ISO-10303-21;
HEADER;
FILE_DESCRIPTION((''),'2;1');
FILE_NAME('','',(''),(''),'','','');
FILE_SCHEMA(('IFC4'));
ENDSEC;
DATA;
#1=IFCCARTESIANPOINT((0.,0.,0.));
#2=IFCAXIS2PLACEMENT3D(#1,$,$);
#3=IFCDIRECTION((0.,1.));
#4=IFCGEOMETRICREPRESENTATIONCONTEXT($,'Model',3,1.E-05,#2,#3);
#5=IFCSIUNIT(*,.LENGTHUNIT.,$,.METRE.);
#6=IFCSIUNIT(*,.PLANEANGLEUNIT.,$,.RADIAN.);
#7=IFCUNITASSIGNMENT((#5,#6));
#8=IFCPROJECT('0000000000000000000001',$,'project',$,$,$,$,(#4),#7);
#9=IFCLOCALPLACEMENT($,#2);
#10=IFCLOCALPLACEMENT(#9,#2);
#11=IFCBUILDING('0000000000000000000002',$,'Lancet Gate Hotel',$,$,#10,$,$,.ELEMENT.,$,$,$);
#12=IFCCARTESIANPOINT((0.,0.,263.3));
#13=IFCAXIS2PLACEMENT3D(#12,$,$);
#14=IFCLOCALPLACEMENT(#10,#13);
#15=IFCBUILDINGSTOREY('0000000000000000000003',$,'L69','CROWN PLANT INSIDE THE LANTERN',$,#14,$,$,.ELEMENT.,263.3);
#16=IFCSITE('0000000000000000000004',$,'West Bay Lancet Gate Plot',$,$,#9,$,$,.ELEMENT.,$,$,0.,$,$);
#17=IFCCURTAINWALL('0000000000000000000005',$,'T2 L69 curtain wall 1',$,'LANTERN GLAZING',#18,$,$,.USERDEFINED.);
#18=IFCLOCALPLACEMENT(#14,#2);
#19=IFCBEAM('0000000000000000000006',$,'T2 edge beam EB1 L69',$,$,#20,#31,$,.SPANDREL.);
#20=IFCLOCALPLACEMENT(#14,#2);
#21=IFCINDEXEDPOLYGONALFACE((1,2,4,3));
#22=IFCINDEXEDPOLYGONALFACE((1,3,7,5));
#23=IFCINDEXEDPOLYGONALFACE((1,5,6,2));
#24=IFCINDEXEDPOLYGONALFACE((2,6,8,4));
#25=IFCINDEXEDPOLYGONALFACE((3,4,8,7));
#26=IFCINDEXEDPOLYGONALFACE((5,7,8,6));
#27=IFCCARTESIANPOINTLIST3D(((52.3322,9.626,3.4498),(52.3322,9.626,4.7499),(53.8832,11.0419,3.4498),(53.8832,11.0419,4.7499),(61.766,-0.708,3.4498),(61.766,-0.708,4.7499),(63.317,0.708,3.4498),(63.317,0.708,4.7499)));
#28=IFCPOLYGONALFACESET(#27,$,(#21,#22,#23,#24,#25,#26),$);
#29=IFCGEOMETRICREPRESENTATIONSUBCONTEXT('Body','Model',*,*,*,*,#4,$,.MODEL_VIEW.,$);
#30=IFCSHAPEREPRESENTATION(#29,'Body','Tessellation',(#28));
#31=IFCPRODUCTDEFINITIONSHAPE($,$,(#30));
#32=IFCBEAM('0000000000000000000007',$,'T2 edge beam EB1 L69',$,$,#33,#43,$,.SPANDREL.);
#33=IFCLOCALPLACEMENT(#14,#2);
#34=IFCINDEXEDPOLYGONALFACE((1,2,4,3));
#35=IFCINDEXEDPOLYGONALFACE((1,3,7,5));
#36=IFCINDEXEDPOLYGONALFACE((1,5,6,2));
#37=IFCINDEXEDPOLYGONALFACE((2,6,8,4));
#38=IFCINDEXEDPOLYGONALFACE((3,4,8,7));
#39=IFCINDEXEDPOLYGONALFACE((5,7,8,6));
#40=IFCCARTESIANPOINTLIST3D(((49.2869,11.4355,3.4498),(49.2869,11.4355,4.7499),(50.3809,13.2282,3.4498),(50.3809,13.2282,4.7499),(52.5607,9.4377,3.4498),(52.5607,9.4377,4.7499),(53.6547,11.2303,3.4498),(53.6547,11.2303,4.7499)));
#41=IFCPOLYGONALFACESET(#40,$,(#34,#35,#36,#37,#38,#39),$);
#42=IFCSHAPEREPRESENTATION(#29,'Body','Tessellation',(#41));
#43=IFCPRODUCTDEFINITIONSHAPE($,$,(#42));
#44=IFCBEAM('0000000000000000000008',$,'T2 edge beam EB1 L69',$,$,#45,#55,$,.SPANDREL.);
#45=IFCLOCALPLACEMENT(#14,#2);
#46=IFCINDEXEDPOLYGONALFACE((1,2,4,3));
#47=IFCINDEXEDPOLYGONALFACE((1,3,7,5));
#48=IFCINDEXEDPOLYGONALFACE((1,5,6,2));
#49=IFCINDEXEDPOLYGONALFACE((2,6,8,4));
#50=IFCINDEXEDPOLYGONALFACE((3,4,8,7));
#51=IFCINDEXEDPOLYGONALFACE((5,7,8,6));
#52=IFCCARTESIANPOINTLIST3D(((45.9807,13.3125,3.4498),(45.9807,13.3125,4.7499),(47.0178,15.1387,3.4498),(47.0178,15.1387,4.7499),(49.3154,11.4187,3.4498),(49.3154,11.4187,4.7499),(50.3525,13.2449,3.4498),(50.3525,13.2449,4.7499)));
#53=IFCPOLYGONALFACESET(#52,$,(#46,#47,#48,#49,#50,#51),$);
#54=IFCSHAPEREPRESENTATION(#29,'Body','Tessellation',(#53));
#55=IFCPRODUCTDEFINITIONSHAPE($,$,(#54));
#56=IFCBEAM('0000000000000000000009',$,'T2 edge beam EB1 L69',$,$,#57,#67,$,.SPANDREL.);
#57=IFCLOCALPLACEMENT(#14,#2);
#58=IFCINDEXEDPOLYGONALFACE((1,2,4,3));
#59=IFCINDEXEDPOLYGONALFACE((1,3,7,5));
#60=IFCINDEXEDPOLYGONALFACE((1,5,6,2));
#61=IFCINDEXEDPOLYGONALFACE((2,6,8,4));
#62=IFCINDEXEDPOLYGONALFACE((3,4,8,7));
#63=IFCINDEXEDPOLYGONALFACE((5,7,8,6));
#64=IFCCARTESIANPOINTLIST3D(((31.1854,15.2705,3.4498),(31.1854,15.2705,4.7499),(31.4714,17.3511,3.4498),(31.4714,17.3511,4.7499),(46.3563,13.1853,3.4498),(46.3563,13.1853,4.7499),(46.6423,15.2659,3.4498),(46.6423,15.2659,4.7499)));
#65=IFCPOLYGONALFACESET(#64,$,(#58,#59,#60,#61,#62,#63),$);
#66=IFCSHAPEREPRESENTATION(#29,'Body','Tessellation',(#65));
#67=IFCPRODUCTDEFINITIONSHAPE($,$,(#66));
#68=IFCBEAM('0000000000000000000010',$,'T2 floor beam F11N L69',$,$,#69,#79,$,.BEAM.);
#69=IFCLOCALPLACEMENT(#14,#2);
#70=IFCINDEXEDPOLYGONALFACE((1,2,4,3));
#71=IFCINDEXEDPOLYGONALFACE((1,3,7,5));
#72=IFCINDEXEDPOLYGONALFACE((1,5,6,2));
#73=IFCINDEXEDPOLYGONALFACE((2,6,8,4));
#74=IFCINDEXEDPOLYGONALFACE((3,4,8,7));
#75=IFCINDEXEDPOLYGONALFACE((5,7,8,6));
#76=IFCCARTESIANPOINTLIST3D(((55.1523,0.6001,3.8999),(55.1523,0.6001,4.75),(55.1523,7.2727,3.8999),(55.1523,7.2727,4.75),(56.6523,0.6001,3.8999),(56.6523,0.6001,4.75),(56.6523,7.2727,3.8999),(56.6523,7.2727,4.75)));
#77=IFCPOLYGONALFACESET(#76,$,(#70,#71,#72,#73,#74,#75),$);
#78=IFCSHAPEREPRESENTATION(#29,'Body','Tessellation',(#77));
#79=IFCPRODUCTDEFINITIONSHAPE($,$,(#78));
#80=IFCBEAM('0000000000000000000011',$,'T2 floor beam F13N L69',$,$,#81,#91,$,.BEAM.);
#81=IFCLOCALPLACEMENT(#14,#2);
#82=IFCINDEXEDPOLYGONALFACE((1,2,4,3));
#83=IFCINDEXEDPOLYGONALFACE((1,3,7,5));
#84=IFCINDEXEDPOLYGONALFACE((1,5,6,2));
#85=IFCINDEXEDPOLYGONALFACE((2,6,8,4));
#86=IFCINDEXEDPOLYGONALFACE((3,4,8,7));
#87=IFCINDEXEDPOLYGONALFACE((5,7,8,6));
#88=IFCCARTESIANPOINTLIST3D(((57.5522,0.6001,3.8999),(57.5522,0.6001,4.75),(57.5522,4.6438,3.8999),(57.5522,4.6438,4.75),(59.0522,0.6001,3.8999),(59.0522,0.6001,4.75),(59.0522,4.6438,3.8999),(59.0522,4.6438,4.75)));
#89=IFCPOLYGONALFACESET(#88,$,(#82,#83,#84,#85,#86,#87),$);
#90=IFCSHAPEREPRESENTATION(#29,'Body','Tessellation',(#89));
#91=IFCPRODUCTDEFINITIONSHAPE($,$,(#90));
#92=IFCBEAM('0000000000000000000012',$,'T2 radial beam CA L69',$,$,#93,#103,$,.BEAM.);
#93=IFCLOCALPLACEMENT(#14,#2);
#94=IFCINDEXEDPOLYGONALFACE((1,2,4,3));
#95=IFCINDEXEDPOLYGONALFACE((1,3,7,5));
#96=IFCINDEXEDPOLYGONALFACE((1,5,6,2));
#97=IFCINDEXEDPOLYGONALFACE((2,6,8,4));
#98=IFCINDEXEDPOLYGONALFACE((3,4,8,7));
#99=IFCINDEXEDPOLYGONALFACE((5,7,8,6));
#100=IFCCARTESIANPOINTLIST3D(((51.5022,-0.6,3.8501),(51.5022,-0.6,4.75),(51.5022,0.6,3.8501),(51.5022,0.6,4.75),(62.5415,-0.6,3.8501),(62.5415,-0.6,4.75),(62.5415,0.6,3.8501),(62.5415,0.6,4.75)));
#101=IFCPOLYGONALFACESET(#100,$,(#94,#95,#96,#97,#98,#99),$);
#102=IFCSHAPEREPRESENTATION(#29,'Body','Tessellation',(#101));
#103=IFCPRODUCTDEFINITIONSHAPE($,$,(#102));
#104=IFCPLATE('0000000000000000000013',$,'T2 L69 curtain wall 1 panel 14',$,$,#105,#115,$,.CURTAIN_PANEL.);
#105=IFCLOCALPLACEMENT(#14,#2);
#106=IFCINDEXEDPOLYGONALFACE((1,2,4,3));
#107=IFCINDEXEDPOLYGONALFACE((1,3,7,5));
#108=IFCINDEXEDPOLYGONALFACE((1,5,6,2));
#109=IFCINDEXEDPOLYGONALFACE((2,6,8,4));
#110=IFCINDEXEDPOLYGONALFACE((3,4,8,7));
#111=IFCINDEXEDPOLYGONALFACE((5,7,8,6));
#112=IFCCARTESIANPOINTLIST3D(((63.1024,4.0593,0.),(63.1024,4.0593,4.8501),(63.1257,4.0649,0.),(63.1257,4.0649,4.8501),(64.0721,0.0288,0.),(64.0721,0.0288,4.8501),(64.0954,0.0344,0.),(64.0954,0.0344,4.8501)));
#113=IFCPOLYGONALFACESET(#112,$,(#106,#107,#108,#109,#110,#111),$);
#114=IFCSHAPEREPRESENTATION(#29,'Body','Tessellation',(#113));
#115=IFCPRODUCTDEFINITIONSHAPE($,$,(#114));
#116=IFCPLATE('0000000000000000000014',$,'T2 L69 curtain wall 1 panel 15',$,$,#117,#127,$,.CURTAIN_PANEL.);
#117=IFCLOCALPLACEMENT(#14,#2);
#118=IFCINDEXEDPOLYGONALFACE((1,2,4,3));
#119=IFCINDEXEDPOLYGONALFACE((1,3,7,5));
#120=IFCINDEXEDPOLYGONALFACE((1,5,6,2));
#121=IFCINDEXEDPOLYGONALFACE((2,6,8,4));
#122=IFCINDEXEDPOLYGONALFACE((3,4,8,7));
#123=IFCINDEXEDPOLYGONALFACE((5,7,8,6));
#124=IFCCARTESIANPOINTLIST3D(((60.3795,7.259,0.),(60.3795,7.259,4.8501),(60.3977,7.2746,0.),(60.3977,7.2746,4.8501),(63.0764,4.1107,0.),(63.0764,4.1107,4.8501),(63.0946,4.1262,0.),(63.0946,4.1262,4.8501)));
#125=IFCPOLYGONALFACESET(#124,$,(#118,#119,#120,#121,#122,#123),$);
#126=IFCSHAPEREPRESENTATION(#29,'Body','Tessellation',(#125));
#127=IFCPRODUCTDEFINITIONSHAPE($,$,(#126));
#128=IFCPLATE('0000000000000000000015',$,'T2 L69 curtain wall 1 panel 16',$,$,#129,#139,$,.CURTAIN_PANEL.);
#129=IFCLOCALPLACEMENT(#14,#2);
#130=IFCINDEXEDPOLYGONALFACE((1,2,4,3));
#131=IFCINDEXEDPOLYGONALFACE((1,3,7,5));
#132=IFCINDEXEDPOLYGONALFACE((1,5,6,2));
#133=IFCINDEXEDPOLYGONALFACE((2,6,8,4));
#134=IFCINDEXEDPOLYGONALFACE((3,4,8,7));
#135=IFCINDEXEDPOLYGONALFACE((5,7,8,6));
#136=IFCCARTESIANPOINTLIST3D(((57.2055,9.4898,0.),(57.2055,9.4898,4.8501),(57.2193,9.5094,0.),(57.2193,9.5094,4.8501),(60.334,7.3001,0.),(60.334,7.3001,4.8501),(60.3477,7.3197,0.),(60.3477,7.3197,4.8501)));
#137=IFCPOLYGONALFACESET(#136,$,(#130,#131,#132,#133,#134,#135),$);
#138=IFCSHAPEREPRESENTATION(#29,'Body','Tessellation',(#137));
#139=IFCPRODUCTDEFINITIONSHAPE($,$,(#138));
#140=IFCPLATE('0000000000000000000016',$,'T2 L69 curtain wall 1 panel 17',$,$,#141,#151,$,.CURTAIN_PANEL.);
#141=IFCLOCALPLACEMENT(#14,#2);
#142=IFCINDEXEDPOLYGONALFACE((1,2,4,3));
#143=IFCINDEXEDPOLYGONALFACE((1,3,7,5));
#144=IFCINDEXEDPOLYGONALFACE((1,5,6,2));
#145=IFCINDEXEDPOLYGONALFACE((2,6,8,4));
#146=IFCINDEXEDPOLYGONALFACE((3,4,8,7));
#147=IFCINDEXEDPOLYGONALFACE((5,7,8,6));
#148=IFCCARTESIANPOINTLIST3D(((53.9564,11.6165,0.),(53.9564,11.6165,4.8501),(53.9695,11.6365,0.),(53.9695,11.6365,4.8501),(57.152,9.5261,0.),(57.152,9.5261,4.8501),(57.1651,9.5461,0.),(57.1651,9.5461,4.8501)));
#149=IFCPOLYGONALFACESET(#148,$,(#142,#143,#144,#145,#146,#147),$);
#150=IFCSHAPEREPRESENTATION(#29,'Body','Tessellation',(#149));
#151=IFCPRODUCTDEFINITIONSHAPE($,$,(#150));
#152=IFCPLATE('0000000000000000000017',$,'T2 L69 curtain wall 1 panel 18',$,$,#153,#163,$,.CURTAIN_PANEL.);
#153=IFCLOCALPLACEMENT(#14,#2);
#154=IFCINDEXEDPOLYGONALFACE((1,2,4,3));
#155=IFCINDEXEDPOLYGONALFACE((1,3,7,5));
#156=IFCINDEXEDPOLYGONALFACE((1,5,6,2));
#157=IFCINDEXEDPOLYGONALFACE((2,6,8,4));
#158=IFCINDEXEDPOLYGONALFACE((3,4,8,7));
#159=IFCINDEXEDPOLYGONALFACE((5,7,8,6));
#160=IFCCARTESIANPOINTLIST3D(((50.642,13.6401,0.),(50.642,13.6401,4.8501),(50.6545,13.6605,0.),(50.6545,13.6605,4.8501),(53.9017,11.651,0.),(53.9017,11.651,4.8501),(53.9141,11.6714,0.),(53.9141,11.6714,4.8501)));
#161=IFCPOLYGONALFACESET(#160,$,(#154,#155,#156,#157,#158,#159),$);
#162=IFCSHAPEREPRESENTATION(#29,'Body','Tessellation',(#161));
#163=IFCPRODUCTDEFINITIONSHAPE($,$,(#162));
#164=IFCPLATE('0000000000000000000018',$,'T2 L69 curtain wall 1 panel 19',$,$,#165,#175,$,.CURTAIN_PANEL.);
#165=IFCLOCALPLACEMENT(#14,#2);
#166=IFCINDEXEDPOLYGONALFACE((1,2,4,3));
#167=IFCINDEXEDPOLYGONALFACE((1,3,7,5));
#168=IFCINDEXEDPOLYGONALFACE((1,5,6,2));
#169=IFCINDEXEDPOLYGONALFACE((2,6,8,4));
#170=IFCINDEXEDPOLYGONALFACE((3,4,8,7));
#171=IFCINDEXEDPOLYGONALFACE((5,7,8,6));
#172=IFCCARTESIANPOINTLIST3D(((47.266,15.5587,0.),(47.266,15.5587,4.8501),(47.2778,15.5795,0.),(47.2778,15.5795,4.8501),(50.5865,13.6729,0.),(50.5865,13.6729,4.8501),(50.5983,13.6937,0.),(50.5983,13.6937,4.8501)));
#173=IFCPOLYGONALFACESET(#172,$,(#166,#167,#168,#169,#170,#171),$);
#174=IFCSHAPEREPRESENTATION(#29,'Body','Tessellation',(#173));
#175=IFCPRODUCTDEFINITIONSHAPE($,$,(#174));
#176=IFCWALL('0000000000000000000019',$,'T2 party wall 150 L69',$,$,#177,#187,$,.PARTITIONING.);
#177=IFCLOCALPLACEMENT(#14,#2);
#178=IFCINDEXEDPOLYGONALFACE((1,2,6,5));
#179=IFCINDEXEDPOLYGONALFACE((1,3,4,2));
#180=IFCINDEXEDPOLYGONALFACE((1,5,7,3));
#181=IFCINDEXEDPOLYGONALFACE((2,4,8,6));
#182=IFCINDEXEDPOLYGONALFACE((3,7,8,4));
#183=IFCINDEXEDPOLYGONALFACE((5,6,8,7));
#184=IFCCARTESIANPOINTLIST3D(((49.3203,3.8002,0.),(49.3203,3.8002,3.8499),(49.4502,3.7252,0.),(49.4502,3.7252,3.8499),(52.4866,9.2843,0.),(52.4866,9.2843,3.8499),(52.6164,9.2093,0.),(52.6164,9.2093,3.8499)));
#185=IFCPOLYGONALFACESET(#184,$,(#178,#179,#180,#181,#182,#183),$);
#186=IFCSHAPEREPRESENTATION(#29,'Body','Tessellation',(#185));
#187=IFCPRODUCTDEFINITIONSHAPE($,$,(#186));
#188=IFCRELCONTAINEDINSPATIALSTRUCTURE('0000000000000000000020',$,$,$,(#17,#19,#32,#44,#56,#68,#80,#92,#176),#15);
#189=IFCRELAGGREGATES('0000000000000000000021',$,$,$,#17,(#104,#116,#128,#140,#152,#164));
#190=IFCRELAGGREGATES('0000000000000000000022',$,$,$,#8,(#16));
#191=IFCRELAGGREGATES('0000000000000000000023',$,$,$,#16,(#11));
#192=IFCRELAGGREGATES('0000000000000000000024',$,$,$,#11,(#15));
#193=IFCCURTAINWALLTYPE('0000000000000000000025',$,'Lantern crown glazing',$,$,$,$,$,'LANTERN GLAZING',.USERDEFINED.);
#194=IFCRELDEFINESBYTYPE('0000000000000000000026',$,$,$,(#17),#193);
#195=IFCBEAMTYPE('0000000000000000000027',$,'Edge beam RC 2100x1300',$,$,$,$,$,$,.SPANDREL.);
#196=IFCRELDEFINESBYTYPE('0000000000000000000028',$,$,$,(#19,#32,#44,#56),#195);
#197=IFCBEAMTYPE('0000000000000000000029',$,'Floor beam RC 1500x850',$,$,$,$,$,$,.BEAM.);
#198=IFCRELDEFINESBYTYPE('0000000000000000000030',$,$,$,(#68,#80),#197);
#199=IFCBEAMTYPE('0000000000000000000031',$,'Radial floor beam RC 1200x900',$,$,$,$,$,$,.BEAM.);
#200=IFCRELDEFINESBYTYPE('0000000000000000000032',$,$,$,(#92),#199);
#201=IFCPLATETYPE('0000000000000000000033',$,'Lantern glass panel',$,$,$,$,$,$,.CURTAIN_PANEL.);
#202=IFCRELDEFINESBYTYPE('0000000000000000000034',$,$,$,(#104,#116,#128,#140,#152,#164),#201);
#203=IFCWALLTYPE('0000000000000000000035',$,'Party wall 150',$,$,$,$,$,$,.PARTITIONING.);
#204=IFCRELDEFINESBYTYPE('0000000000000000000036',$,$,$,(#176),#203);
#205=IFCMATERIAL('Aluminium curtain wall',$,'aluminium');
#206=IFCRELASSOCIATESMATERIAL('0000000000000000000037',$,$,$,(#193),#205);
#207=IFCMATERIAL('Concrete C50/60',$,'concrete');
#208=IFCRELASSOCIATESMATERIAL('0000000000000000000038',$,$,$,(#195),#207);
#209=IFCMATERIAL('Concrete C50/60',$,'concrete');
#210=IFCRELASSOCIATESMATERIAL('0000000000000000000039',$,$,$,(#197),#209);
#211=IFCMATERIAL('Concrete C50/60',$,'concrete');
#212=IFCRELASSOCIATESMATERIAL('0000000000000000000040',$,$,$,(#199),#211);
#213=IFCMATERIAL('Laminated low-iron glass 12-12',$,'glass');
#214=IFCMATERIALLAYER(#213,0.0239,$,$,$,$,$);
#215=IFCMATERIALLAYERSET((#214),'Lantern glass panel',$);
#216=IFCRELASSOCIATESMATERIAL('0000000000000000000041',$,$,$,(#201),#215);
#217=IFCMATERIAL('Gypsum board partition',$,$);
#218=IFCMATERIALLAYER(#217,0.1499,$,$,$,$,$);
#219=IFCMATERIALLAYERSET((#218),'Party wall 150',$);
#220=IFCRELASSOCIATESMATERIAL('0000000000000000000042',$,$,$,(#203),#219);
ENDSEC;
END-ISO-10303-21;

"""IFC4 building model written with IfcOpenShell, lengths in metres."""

from ifc_helpers import new_model, si_unit, direction, frame, frame_2d, origin, origin_2d, place, context, subcontext, project, spatial, rectangle, extrude, material, layer, layer_set, material_profile, profile_set, type_object, element, aggregate, save


model = new_model("IFC4")

# Units and contexts
model_context = context("Model", 3, precision=1e-05, world=origin(), true_north=direction((0.0, 1.0)))
body_context = subcontext(model_context, "Body", "Model", "MODEL_VIEW")
ifc_project = project(units=[si_unit("LENGTHUNIT", "METRE"), si_unit("PLANEANGLEUNIT", "RADIAN")], contexts=[model_context])

# Site, building, storey
site_placement = place(None, origin())
site = spatial("IfcSite", under=ifc_project, at=site_placement, Name="West Bay Lancet Gate Plot", CompositionType="ELEMENT", RefElevation=0.0)
building_placement = place(site_placement, origin())
building = spatial("IfcBuilding", under=site, at=building_placement, Name="Lancet Gate Hotel", CompositionType="ELEMENT")
storey_placement = place(building_placement, frame((0.0, 0.0, 263.3)))
storey = spatial("IfcBuildingStorey", under=building, at=storey_placement, Name="L69", Description="CROWN PLANT INSIDE THE LANTERN", CompositionType="ELEMENT", Elevation=263.3)

# Curtain wall
ifc_material_1 = material(Name="Aluminium curtain wall", Category="aluminium")
curtain_wall_type = type_object("IfcCurtainWallType", Name="Lantern crown glazing", ElementType="LANTERN GLAZING", PredefinedType="USERDEFINED", material=ifc_material_1)
curtain_wall_placement = place(storey_placement, origin())
curtain_wall = element("IfcCurtainWall", 1, at=curtain_wall_placement, inside=storey, type_object=curtain_wall_type, Name="T2 L69 curtain wall 1", ObjectType="LANTERN GLAZING", PredefinedType="USERDEFINED")

# Beams
ifc_material_2 = material(Name="Concrete C50/60", Category="concrete")
ifc_material_profile_1 = material_profile(ifc_material_2, rectangle(XDim=2.1001, YDim=1.3, at=origin_2d()), Name="RC 2100x1300")
ifc_profile_set_1 = profile_set([ifc_material_profile_1], Name="Concrete C50/60")
beam_type_1 = type_object("IfcBeamType", Name="Edge beam RC 2100x1300", PredefinedType="SPANDREL", material=ifc_profile_set_1)
beam_1_placement = place(storey_placement, frame((62.5415, 0.0, 4.0999), z_axis=(-0.674209, 0.73854, 0.0), x_axis=(-0.73854, -0.674209, 0.0)))
element("IfcBeam", 2, at=beam_1_placement, inside=storey, type_object=beam_type_1, Name="T2 edge beam EB1 L69", PredefinedType="SPANDREL", context=body_context, shape_type="SweptSolid", body=[
    extrude(rectangle(XDim=2.1001, YDim=1.3, at=origin_2d()), origin(), (0.0, 0.0, 1.0), 13.9924),
])
beam_2_placement = place(storey_placement, frame((53.1077, 10.334, 4.0999), z_axis=(-0.853604, 0.520922, 0.0), x_axis=(-0.520922, -0.853604, 0.0)))
element("IfcBeam", 3, at=beam_2_placement, inside=storey, type_object=beam_type_1, Name="T2 edge beam EB1 L69", PredefinedType="SPANDREL", context=body_context, shape_type="SweptSolid", body=[
    extrude(rectangle(XDim=2.1001, YDim=1.3, at=origin_2d()), origin(), (0.0, 0.0, 1.0), 3.8352),
])
beam_3_placement = place(storey_placement, frame((49.834, 12.3318, 4.0999), z_axis=(-0.86956, 0.493827, 0.0), x_axis=(-0.493827, -0.86956, 0.0)))
element("IfcBeam", 4, at=beam_3_placement, inside=storey, type_object=beam_type_1, Name="T2 edge beam EB1 L69", PredefinedType="SPANDREL", context=body_context, shape_type="SweptSolid", body=[
    extrude(rectangle(XDim=2.1001, YDim=1.3, at=origin_2d()), origin(), (0.0, 0.0, 1.0), 3.835),
])
beam_4_placement = place(storey_placement, frame((46.4993, 14.2256, 4.0999), z_axis=(-0.990686, 0.136167, 0.0), x_axis=(-0.136167, -0.990686, 0.0)))
element("IfcBeam", 5, at=beam_4_placement, inside=storey, type_object=beam_type_1, Name="T2 edge beam EB1 L69", PredefinedType="SPANDREL", context=body_context, shape_type="SweptSolid", body=[
    extrude(rectangle(XDim=2.1001, YDim=1.3, at=origin_2d()), origin(), (0.0, 0.0, 1.0), 15.3135),
])
ifc_material_3 = material(Name="Concrete C50/60", Category="concrete")
ifc_material_profile_2 = material_profile(ifc_material_3, rectangle(XDim=1.5, YDim=0.8501, at=origin_2d()), Name="RC 1500x850")
ifc_profile_set_2 = profile_set([ifc_material_profile_2], Name="Concrete C50/60")
beam_type_2 = type_object("IfcBeamType", Name="Floor beam RC 1500x850", PredefinedType="BEAM", material=ifc_profile_set_2)
beam_5_placement = place(storey_placement, frame((55.9023, 0.6001, 4.325), z_axis=(0.0, 1.0, 0.0), x_axis=(-1.0, 0.0, 0.0)))
element("IfcBeam", 6, at=beam_5_placement, inside=storey, type_object=beam_type_2, Name="T2 floor beam F11N L69", PredefinedType="BEAM", context=body_context, shape_type="SweptSolid", body=[
    extrude(rectangle(XDim=1.5, YDim=0.8501, at=origin_2d()), origin(), (0.0, 0.0, 1.0), 6.6726),
])
beam_6_placement = place(storey_placement, frame((58.3022, 0.6001, 4.325), z_axis=(0.0, 1.0, 0.0), x_axis=(-1.0, 0.0, 0.0)))
element("IfcBeam", 7, at=beam_6_placement, inside=storey, type_object=beam_type_2, Name="T2 floor beam F13N L69", PredefinedType="BEAM", context=body_context, shape_type="SweptSolid", body=[
    extrude(rectangle(XDim=1.5, YDim=0.8501, at=origin_2d()), origin(), (0.0, 0.0, 1.0), 4.0437),
])
ifc_material_4 = material(Name="Concrete C50/60", Category="concrete")
ifc_material_profile_3 = material_profile(ifc_material_4, rectangle(XDim=1.2, YDim=0.8999, at=origin_2d()), Name="RC 1200x900")
ifc_profile_set_3 = profile_set([ifc_material_profile_3], Name="Concrete C50/60")
beam_type_3 = type_object("IfcBeamType", Name="Radial floor beam RC 1200x900", PredefinedType="BEAM", material=ifc_profile_set_3)
beam_7_placement = place(storey_placement, frame((62.5415, 0.0, 4.3), z_axis=(-1.0, 0.0, 0.0), x_axis=(0.0, -1.0, 0.0)))
element("IfcBeam", 8, at=beam_7_placement, inside=storey, type_object=beam_type_3, Name="T2 radial beam CA L69", PredefinedType="BEAM", context=body_context, shape_type="SweptSolid", body=[
    extrude(rectangle(XDim=1.2, YDim=0.8999, at=origin_2d()), origin(), (0.0, 0.0, 1.0), 11.0393),
])

# Plates
ifc_material_5 = material(Name="Laminated low-iron glass 12-12", Category="glass")
ifc_layer_1 = layer(ifc_material_5, 0.0239)
ifc_layer_set_1 = layer_set([ifc_layer_1], Name="Lantern glass panel")
plate_type = type_object("IfcPlateType", Name="Lantern glass panel", PredefinedType="CURTAIN_PANEL", material=ifc_layer_set_1)
plate_1_placement = place(storey_placement, frame((63.5989, 2.0469, 0.0), z_axis=(0.0, 0.0, 1.0), x_axis=(-0.233916, 0.972257, 0.0)))
plate_1 = element("IfcPlate", 9, at=plate_1_placement, type_object=plate_type, Name="T2 L69 curtain wall 1 panel 14", PredefinedType="CURTAIN_PANEL", context=body_context, shape_type="SweptSolid", body=[
    extrude(rectangle(XDim=4.1455, YDim=0.0239, at=origin_2d()), origin(), (0.0, 0.0, 1.0), 4.8501),
])
plate_2_placement = place(storey_placement, frame((61.7371, 5.6926, 0.0), z_axis=(0.0, 0.0, 1.0), x_axis=(-0.650552, 0.759462, 0.0)))
plate_2 = element("IfcPlate", 10, at=plate_2_placement, type_object=plate_type, Name="T2 L69 curtain wall 1 panel 15", PredefinedType="CURTAIN_PANEL", context=body_context, shape_type="SweptSolid", body=[
    extrude(rectangle(XDim=4.1455, YDim=0.0239, at=origin_2d()), origin(), (0.0, 0.0, 1.0), 4.8501),
])
plate_3_placement = place(storey_placement, frame((58.7766, 8.4048, 0.0), z_axis=(0.0, 0.0, 1.0), x_axis=(-0.819255, 0.573429, 0.0)))
plate_3 = element("IfcPlate", 11, at=plate_3_placement, type_object=plate_type, Name="T2 L69 curtain wall 1 panel 16", PredefinedType="CURTAIN_PANEL", context=body_context, shape_type="SweptSolid", body=[
    extrude(rectangle(XDim=3.8186, YDim=0.0239, at=origin_2d()), origin(), (0.0, 0.0, 1.0), 4.8501),
])
plate_4_placement = place(storey_placement, frame((55.5608, 10.5813, 0.0), z_axis=(0.0, 0.0, 1.0), x_axis=(-0.83685, 0.547432, 0.0)))
plate_4 = element("IfcPlate", 12, at=plate_4_placement, type_object=plate_type, Name="T2 L69 curtain wall 1 panel 17", PredefinedType="CURTAIN_PANEL", context=body_context, shape_type="SweptSolid", body=[
    extrude(rectangle(XDim=3.8186, YDim=0.0239, at=origin_2d()), origin(), (0.0, 0.0, 1.0), 4.8501),
])
plate_5_placement = place(storey_placement, frame((52.2781, 12.6558, 0.0), z_axis=(0.0, 0.0, 1.0), x_axis=(-0.853621, 0.520895, 0.0)))
plate_5 = element("IfcPlate", 13, at=plate_5_placement, type_object=plate_type, Name="T2 L69 curtain wall 1 panel 18", PredefinedType="CURTAIN_PANEL", context=body_context, shape_type="SweptSolid", body=[
    extrude(rectangle(XDim=3.8186, YDim=0.0239, at=origin_2d()), origin(), (0.0, 0.0, 1.0), 4.8501),
])
plate_6_placement = place(storey_placement, frame((48.9321, 14.6262, 0.0), z_axis=(0.0, 0.0, 1.0), x_axis=(-0.86955, 0.493844, 0.0)))
plate_6 = element("IfcPlate", 14, at=plate_6_placement, type_object=plate_type, Name="T2 L69 curtain wall 1 panel 19", PredefinedType="CURTAIN_PANEL", context=body_context, shape_type="SweptSolid", body=[
    extrude(rectangle(XDim=3.8186, YDim=0.0239, at=origin_2d()), origin(), (0.0, 0.0, 1.0), 4.8501),
])
aggregate(curtain_wall, [plate_1, plate_2, plate_3, plate_4, plate_5, plate_6])

# Wall
ifc_material_6 = material(Name="Gypsum board partition")
ifc_layer_2 = layer(ifc_material_6, 0.1499)
ifc_layer_set_2 = layer_set([ifc_layer_2], Name="Party wall 150")
wall_type = type_object("IfcWallType", Name="Party wall 150", PredefinedType="PARTITIONING", material=ifc_layer_set_2)
wall_1_placement = place(storey_placement, frame((49.3853, 3.7627, 0.0), z_axis=(0.0, 0.0, 1.0), x_axis=(0.499999, 0.866026, 0.0)))
element("IfcWall", 15, at=wall_1_placement, inside=storey, type_object=wall_type, Name="T2 party wall 150 L69", PredefinedType="PARTITIONING", context=body_context, shape_type="SweptSolid", body=[
    extrude(rectangle(XDim=6.3325, YDim=0.1499, at=frame_2d((3.1663, 0.0))), origin(), (0.0, 0.0, 1.0), 3.8499),
])

save(model, "model.ifc")
